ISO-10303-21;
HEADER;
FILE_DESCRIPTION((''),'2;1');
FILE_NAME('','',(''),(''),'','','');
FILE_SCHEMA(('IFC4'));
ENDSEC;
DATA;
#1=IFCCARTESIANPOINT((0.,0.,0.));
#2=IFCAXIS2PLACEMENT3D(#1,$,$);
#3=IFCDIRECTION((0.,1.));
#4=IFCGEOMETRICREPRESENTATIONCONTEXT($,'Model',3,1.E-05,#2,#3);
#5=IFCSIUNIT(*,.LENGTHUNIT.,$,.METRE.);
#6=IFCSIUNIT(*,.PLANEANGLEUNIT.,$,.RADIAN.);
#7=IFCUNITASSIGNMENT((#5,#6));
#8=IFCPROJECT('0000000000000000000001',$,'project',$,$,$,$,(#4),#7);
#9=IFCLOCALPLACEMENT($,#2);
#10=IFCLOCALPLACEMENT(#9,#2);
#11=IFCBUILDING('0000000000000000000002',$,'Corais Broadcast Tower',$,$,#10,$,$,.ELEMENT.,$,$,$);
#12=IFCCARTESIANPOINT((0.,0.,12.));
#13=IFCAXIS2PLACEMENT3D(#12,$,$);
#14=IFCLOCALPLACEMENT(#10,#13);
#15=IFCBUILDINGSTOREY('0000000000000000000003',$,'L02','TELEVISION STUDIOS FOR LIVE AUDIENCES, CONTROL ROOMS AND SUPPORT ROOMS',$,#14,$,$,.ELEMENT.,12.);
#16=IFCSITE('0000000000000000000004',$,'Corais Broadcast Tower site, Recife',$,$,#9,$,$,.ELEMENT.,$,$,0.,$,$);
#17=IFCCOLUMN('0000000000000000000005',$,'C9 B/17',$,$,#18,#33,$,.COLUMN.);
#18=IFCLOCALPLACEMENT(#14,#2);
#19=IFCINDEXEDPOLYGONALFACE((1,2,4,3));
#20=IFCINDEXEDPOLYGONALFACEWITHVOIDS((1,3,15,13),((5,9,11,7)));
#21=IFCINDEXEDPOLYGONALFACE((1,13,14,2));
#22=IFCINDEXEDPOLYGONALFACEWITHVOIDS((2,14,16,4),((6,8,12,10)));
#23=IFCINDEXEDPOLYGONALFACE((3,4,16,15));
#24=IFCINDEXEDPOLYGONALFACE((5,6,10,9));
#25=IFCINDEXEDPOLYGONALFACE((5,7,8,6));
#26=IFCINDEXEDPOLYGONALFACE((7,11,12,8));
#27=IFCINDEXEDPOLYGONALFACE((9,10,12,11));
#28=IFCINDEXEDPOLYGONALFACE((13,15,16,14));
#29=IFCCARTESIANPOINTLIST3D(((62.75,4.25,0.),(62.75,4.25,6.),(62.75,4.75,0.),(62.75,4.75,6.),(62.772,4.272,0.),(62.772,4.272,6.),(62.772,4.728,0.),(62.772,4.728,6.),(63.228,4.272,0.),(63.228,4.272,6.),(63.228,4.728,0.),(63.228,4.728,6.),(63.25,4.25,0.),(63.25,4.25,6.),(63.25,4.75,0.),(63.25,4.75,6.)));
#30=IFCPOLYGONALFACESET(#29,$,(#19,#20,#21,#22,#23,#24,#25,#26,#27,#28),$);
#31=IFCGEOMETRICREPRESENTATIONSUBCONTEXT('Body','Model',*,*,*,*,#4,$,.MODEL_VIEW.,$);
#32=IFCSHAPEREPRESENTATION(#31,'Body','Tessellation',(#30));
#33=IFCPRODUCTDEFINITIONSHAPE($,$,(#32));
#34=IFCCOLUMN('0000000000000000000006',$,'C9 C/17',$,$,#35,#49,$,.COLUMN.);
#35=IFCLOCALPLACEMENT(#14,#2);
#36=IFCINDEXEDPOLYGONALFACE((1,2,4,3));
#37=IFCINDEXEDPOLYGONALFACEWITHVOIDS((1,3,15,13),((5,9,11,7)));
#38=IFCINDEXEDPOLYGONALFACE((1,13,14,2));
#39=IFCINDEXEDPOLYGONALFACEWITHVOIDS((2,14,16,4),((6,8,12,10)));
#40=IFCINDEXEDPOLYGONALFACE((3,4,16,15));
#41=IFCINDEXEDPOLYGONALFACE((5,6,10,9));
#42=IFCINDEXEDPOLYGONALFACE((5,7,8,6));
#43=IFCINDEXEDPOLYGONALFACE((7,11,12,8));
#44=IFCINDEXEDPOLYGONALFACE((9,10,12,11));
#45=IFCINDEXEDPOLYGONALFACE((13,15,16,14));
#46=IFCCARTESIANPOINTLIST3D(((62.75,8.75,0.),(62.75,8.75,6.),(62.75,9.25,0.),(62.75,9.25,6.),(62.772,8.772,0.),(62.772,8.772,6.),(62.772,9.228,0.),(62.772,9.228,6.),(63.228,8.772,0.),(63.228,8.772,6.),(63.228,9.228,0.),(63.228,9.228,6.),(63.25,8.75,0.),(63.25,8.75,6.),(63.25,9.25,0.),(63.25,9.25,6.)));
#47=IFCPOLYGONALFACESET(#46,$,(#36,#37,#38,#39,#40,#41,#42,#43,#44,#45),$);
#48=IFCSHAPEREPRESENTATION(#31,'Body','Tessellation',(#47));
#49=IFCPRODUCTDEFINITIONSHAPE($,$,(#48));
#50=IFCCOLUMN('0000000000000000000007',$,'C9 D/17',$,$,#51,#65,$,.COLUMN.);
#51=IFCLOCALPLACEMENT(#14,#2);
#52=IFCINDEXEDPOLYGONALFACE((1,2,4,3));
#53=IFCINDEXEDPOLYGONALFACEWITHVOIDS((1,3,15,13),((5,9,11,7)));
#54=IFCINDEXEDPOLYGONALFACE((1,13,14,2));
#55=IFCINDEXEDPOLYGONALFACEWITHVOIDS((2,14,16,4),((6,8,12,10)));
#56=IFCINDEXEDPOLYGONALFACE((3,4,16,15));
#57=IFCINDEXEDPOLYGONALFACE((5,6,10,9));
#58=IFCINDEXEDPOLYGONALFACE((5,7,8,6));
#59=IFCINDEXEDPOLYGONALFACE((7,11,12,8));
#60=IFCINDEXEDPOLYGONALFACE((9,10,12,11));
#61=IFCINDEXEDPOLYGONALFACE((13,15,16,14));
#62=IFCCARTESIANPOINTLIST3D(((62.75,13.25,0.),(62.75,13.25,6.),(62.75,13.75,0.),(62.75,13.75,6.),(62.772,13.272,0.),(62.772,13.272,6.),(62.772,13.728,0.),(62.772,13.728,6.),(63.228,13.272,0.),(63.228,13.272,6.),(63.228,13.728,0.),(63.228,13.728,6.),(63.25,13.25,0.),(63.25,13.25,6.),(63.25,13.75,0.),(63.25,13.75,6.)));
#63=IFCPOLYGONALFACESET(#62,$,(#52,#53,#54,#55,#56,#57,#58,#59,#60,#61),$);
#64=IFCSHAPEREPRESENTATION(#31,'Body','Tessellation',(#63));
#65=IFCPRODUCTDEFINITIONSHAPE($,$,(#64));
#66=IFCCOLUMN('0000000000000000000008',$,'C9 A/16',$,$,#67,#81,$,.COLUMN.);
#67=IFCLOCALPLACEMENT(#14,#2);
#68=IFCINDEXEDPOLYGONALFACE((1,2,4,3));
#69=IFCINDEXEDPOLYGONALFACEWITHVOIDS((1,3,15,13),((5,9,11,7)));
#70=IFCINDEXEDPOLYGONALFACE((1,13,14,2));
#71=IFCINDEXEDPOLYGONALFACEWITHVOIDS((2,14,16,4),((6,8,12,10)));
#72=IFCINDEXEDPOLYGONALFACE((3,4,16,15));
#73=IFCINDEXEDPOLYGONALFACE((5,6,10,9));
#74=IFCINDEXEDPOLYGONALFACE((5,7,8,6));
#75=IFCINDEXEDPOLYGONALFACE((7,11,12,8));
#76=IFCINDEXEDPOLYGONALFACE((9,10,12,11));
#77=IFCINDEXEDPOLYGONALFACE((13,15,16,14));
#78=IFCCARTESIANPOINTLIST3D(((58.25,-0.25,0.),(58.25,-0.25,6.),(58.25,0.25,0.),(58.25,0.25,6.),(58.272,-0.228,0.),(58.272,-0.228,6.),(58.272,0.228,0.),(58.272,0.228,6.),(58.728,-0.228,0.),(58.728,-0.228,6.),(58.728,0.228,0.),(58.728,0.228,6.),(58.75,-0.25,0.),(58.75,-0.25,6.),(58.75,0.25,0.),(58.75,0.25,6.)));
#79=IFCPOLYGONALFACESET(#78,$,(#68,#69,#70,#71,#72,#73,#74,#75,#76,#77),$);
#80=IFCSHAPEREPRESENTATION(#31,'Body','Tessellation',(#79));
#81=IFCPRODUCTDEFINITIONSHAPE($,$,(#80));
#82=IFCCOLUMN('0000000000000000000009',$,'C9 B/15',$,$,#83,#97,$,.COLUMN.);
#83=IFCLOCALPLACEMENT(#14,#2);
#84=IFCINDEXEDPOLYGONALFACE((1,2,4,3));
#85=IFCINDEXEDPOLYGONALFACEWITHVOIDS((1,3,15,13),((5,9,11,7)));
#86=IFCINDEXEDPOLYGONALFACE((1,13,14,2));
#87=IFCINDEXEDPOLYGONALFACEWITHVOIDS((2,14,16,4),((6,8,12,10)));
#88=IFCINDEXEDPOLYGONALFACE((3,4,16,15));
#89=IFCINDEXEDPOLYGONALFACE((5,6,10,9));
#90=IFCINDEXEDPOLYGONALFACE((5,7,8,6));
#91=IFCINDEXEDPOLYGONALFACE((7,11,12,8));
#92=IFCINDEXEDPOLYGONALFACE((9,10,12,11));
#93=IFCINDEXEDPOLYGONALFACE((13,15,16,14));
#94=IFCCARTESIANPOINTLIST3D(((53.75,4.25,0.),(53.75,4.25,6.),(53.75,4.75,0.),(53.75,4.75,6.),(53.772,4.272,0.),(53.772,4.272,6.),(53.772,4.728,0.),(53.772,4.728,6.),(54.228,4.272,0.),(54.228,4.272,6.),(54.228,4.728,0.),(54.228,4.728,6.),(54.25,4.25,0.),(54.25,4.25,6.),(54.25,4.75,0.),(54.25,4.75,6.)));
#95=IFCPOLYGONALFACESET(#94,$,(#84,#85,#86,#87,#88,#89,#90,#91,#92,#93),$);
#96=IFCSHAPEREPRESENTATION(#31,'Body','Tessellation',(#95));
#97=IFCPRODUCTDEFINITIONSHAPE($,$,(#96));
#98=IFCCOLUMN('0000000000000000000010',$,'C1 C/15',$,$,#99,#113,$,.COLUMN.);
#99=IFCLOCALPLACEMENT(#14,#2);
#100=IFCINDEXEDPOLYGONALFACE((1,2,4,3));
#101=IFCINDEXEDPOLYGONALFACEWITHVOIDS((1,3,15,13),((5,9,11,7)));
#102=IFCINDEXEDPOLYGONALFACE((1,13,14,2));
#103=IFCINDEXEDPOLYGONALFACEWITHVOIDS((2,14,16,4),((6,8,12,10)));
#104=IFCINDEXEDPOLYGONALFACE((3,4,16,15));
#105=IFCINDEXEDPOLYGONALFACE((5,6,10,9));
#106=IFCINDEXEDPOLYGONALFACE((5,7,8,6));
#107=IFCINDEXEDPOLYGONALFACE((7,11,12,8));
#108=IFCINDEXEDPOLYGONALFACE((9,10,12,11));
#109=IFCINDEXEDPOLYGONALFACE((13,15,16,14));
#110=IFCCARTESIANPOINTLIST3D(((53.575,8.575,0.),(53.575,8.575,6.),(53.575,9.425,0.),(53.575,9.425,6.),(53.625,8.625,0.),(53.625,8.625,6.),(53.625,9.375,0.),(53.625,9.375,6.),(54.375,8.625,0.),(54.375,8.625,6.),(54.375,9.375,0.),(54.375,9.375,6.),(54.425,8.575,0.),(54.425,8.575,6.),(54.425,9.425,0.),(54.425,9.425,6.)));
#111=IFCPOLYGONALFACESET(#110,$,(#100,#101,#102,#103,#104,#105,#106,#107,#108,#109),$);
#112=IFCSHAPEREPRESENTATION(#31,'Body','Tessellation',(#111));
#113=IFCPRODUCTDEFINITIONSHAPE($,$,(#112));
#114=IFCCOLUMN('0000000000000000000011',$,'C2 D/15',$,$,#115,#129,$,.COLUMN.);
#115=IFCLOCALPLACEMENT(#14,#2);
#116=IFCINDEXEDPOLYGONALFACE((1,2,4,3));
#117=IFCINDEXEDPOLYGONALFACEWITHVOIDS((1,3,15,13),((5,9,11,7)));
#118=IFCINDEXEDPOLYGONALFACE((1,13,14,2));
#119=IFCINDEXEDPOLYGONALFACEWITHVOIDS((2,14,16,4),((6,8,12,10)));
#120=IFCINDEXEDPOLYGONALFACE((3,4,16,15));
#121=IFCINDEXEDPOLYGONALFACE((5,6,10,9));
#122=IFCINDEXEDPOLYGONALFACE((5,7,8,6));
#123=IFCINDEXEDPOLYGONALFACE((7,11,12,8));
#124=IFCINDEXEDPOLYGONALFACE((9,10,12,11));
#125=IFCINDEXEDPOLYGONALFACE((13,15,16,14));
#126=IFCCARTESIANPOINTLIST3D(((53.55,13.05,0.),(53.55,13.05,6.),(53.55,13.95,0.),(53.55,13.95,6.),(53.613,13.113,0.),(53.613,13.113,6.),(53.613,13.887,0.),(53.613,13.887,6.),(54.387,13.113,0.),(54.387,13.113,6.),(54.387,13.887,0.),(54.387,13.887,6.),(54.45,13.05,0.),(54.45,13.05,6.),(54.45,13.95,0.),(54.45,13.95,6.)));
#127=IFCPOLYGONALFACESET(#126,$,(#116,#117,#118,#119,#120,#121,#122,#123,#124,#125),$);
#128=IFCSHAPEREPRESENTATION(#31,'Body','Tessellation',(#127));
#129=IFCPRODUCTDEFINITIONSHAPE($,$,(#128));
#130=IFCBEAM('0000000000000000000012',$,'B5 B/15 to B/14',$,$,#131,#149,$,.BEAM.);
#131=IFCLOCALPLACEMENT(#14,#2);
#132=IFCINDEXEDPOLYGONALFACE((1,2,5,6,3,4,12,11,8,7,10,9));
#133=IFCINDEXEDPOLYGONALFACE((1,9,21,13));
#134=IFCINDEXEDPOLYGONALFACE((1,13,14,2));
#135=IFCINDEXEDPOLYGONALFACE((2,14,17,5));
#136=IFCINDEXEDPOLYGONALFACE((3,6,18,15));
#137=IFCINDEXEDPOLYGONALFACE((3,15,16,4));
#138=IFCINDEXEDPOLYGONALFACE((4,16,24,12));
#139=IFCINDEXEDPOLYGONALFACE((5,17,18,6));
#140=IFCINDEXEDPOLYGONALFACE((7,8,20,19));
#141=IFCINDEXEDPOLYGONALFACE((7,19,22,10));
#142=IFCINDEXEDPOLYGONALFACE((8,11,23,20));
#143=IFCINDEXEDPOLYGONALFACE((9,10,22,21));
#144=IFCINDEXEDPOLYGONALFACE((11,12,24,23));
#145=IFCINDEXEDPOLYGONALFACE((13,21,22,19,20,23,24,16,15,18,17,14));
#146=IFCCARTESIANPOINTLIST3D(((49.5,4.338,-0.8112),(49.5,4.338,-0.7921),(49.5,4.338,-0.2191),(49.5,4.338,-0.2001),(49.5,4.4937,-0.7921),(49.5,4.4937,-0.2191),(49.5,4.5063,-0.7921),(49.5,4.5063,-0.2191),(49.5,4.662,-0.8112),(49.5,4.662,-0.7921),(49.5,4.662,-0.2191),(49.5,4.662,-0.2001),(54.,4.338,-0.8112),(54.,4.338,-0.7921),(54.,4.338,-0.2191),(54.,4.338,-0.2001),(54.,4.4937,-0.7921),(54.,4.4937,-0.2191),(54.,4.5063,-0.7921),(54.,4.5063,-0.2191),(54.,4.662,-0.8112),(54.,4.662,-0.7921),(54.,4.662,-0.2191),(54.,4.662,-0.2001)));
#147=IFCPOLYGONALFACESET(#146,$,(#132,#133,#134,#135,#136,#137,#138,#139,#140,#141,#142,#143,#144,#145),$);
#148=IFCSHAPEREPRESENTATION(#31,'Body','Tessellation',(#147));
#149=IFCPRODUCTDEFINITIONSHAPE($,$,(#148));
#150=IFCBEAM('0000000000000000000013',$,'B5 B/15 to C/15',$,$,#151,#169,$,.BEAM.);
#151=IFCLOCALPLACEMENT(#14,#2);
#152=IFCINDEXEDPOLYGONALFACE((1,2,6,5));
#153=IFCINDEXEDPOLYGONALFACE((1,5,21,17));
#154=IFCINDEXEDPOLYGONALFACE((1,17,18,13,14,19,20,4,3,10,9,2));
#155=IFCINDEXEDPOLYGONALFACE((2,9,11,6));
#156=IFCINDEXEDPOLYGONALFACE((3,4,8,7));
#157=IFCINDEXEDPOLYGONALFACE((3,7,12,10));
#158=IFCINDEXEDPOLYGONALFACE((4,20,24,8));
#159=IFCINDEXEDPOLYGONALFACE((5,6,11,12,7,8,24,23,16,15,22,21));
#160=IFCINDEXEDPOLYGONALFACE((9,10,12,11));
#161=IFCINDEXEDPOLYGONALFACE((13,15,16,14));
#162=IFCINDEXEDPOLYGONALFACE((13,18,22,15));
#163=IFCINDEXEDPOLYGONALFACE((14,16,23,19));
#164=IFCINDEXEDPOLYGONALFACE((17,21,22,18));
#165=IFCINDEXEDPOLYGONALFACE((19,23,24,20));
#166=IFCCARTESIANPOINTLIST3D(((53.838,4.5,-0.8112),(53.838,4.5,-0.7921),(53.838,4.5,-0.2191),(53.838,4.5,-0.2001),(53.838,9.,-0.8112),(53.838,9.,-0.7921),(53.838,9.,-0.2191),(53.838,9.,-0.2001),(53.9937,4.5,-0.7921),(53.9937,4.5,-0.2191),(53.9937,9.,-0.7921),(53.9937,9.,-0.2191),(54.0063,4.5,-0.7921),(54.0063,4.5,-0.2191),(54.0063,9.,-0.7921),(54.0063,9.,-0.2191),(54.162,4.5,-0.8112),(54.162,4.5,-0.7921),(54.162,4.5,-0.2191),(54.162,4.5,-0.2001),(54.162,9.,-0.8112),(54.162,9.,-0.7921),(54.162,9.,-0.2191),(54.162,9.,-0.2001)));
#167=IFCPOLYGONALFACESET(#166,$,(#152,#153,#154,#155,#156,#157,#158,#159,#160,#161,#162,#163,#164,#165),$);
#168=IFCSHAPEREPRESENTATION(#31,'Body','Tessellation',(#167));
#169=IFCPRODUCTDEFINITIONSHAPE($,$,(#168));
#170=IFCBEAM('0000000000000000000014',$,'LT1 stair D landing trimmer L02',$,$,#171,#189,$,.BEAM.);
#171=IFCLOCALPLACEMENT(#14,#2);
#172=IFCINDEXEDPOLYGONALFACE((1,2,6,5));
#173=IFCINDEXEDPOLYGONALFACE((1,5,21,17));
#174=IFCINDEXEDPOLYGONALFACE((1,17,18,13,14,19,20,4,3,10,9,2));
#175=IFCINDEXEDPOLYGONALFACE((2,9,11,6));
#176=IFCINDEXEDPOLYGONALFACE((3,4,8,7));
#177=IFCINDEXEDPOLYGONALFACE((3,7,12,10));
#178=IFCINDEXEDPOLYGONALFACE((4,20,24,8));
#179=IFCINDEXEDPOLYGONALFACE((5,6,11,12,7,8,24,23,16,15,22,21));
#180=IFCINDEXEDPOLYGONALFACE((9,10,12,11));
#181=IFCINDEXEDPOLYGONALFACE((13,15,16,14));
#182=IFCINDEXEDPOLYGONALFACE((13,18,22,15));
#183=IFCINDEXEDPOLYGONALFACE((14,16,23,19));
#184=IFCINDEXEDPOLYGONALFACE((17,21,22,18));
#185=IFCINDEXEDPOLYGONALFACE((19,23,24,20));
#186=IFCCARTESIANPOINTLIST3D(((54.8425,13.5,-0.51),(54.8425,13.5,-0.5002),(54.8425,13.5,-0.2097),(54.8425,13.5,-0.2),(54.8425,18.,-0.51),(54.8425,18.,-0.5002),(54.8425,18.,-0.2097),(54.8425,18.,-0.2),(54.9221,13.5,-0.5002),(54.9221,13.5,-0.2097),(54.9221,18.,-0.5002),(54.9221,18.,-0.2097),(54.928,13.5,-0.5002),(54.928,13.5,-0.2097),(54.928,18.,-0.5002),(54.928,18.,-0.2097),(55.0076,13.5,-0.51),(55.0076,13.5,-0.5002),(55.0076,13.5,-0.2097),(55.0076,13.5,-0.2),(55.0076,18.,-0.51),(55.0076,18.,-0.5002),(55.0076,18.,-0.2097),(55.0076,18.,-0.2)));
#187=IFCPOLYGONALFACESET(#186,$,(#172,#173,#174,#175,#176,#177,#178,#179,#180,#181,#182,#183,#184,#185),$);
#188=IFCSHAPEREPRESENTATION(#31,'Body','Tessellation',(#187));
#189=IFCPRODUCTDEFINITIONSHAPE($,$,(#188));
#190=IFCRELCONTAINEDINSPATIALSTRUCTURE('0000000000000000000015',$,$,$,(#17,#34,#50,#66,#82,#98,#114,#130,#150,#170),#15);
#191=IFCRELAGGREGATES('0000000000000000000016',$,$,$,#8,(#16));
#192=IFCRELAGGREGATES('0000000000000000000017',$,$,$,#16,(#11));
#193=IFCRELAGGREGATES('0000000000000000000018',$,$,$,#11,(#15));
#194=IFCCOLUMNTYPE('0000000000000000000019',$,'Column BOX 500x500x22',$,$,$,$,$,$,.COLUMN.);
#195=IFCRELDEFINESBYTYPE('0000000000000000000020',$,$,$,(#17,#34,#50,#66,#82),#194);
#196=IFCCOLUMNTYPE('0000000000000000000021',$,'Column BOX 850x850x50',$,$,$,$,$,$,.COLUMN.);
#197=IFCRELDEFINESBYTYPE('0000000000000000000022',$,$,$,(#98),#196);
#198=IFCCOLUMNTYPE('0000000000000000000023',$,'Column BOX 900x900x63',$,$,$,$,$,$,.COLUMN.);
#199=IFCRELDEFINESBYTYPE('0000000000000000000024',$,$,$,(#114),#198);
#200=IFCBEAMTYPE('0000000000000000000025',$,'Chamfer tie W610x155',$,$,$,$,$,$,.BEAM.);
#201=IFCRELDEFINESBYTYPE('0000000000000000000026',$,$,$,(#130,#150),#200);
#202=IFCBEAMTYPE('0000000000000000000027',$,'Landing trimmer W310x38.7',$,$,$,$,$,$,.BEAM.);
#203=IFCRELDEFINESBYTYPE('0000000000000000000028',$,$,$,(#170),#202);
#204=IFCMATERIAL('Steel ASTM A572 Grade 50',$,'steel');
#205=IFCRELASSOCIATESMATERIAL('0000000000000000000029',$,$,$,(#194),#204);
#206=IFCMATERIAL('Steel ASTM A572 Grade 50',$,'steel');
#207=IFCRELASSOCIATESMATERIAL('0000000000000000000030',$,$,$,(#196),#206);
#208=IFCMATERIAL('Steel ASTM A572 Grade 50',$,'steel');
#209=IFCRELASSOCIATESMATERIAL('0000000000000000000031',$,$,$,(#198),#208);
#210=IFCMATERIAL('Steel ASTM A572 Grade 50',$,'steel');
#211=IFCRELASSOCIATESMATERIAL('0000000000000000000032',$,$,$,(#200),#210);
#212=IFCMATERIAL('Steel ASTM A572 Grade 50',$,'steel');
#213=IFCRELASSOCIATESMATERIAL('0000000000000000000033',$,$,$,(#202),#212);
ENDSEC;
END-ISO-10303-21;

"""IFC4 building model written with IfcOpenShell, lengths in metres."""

from ifc_helpers import new_model, si_unit, direction, frame, origin, origin_2d, place, context, subcontext, project, spatial, hollow_rectangle, i_section, extrude, material, material_profile, profile_set, type_object, element, save


model = new_model("IFC4")

# Units and contexts
model_context = context("Model", 3, precision=1e-05, world=origin(), true_north=direction((0.0, 1.0)))
body_context = subcontext(model_context, "Body", "Model", "MODEL_VIEW")
ifc_project = project(units=[si_unit("LENGTHUNIT", "METRE"), si_unit("PLANEANGLEUNIT", "RADIAN")], contexts=[model_context])

# Site, building, storey
site_placement = place(None, origin())
site = spatial("IfcSite", under=ifc_project, at=site_placement, Name="Corais Broadcast Tower site, Recife", CompositionType="ELEMENT", RefElevation=0.0)
building_placement = place(site_placement, origin())
building = spatial("IfcBuilding", under=site, at=building_placement, Name="Corais Broadcast Tower", CompositionType="ELEMENT")
storey_placement = place(building_placement, frame((0.0, 0.0, 12.0)))
storey = spatial("IfcBuildingStorey", under=building, at=storey_placement, Name="L02", Description="TELEVISION STUDIOS FOR LIVE AUDIENCES, CONTROL ROOMS AND SUPPORT ROOMS", CompositionType="ELEMENT", Elevation=12.0)

# Columns
ifc_material_1 = material(Name="Steel ASTM A572 Grade 50", Category="steel")
ifc_material_profile_1 = material_profile(ifc_material_1, hollow_rectangle(XDim=0.5, YDim=0.5, WallThickness=0.022, at=origin_2d()), Name="BOX 500x500x22")
ifc_profile_set_1 = profile_set([ifc_material_profile_1], Name="Steel ASTM A572 Grade 50")
column_type_1 = type_object("IfcColumnType", Name="Column BOX 500x500x22", PredefinedType="COLUMN", material=ifc_profile_set_1)
for number, where, z_axis, x_axis, name in (
    (1, (63.0, 4.5, 0.0), (0.0, 0.0, 1.0), (1.0, 0.0, 0.0), "C9 B/17"),
    (2, (63.0, 9.0, 0.0), (0.0, 0.0, 1.0), (1.0, 0.0, 0.0), "C9 C/17"),
    (3, (63.0, 13.5, 0.0), (0.0, 0.0, 1.0), (1.0, 0.0, 0.0), "C9 D/17"),
    (4, (58.5, 0.0, 0.0), (0.0, 0.0, 1.0), (1.0, 0.0, 0.0), "C9 A/16"),
    (5, (54.0, 4.5, 0.0), (0.0, 0.0, 1.0), (1.0, 0.0, 0.0), "C9 B/15"),
):
    element("IfcColumn", number, at=place(storey_placement, frame(where, z_axis=z_axis, x_axis=x_axis)), inside=storey, type_object=column_type_1, Name=name, PredefinedType="COLUMN", context=body_context, shape_type="SweptSolid", body=[
        extrude(hollow_rectangle(XDim=0.5, YDim=0.5, WallThickness=0.022, at=origin_2d()), origin(), (0.0, 0.0, 1.0), 6.0),
    ])
ifc_material_2 = material(Name="Steel ASTM A572 Grade 50", Category="steel")
ifc_material_profile_2 = material_profile(ifc_material_2, hollow_rectangle(XDim=0.8501, YDim=0.8501, WallThickness=0.05, at=origin_2d()), Name="BOX 850x850x50")
ifc_profile_set_2 = profile_set([ifc_material_profile_2], Name="Steel ASTM A572 Grade 50")
column_type_2 = type_object("IfcColumnType", Name="Column BOX 850x850x50", PredefinedType="COLUMN", material=ifc_profile_set_2)
column_1_placement = place(storey_placement, frame((54.0, 9.0, 0.0), z_axis=(0.0, 0.0, 1.0), x_axis=(1.0, 0.0, 0.0)))
element("IfcColumn", 6, at=column_1_placement, inside=storey, type_object=column_type_2, Name="C1 C/15", PredefinedType="COLUMN", context=body_context, shape_type="SweptSolid", body=[
    extrude(hollow_rectangle(XDim=0.8501, YDim=0.8501, WallThickness=0.05, at=origin_2d()), origin(), (0.0, 0.0, 1.0), 6.0),
])
ifc_material_3 = material(Name="Steel ASTM A572 Grade 50", Category="steel")
ifc_material_profile_3 = material_profile(ifc_material_3, hollow_rectangle(XDim=0.8999, YDim=0.8999, WallThickness=0.063, at=origin_2d()), Name="BOX 900x900x63")
ifc_profile_set_3 = profile_set([ifc_material_profile_3], Name="Steel ASTM A572 Grade 50")
column_type_3 = type_object("IfcColumnType", Name="Column BOX 900x900x63", PredefinedType="COLUMN", material=ifc_profile_set_3)
column_2_placement = place(storey_placement, frame((54.0, 13.5, 0.0), z_axis=(0.0, 0.0, 1.0), x_axis=(1.0, 0.0, 0.0)))
element("IfcColumn", 7, at=column_2_placement, inside=storey, type_object=column_type_3, Name="C2 D/15", PredefinedType="COLUMN", context=body_context, shape_type="SweptSolid", body=[
    extrude(hollow_rectangle(XDim=0.8999, YDim=0.8999, WallThickness=0.063, at=origin_2d()), origin(), (0.0, 0.0, 1.0), 6.0),
])

# Beams
ifc_material_4 = material(Name="Steel ASTM A572 Grade 50", Category="steel")
ifc_material_profile_4 = material_profile(ifc_material_4, i_section(OverallWidth=0.324, OverallDepth=0.6111, WebThickness=0.0127, FlangeThickness=0.019, at=origin_2d()), Name="W610x155")
ifc_profile_set_4 = profile_set([ifc_material_profile_4], Name="Steel ASTM A572 Grade 50")
beam_type_1 = type_object("IfcBeamType", Name="Chamfer tie W610x155", PredefinedType="BEAM", material=ifc_profile_set_4)
for number, where, z_axis, x_axis, name in (
    (8, (54.0, 4.5, -0.5056), (-1.0, 0.0, 0.0), (0.0, -1.0, 0.0), "B5 B/15 to B/14"),
    (9, (54.0, 4.5, -0.5056), (0.0, 1.0, 0.0), (-1.0, 0.0, 0.0), "B5 B/15 to C/15"),
):
    element("IfcBeam", number, at=place(storey_placement, frame(where, z_axis=z_axis, x_axis=x_axis)), inside=storey, type_object=beam_type_1, Name=name, PredefinedType="BEAM", context=body_context, shape_type="SweptSolid", body=[
        extrude(i_section(OverallWidth=0.324, OverallDepth=0.6111, WebThickness=0.0127, FlangeThickness=0.019, at=origin_2d()), origin(), (0.0, 0.0, 1.0), 4.5),
    ])
ifc_material_5 = material(Name="Steel ASTM A572 Grade 50", Category="steel")
ifc_material_profile_5 = material_profile(ifc_material_5, i_section(OverallWidth=0.165, OverallDepth=0.3101, WebThickness=0.0059, FlangeThickness=0.0098, at=origin_2d()), Name="W310x38.7")
ifc_profile_set_5 = profile_set([ifc_material_profile_5], Name="Steel ASTM A572 Grade 50")
beam_type_2 = type_object("IfcBeamType", Name="Landing trimmer W310x38.7", PredefinedType="BEAM", material=ifc_profile_set_5)
for number, where, z_axis, x_axis, name in (
    (10, (54.925, 13.5, -0.355), (0.0, 1.0, 0.0), (-1.0, 0.0, 0.0), "LT1 stair D landing trimmer L02"),
):
    element("IfcBeam", number, at=place(storey_placement, frame(where, z_axis=z_axis, x_axis=x_axis)), inside=storey, type_object=beam_type_2, Name=name, PredefinedType="BEAM", context=body_context, shape_type="SweptSolid", body=[
        extrude(i_section(OverallWidth=0.165, OverallDepth=0.3101, WebThickness=0.0059, FlangeThickness=0.0098, at=origin_2d()), origin(), (0.0, 0.0, 1.0), 4.5),
    ])

save(model, "model.ifc")
